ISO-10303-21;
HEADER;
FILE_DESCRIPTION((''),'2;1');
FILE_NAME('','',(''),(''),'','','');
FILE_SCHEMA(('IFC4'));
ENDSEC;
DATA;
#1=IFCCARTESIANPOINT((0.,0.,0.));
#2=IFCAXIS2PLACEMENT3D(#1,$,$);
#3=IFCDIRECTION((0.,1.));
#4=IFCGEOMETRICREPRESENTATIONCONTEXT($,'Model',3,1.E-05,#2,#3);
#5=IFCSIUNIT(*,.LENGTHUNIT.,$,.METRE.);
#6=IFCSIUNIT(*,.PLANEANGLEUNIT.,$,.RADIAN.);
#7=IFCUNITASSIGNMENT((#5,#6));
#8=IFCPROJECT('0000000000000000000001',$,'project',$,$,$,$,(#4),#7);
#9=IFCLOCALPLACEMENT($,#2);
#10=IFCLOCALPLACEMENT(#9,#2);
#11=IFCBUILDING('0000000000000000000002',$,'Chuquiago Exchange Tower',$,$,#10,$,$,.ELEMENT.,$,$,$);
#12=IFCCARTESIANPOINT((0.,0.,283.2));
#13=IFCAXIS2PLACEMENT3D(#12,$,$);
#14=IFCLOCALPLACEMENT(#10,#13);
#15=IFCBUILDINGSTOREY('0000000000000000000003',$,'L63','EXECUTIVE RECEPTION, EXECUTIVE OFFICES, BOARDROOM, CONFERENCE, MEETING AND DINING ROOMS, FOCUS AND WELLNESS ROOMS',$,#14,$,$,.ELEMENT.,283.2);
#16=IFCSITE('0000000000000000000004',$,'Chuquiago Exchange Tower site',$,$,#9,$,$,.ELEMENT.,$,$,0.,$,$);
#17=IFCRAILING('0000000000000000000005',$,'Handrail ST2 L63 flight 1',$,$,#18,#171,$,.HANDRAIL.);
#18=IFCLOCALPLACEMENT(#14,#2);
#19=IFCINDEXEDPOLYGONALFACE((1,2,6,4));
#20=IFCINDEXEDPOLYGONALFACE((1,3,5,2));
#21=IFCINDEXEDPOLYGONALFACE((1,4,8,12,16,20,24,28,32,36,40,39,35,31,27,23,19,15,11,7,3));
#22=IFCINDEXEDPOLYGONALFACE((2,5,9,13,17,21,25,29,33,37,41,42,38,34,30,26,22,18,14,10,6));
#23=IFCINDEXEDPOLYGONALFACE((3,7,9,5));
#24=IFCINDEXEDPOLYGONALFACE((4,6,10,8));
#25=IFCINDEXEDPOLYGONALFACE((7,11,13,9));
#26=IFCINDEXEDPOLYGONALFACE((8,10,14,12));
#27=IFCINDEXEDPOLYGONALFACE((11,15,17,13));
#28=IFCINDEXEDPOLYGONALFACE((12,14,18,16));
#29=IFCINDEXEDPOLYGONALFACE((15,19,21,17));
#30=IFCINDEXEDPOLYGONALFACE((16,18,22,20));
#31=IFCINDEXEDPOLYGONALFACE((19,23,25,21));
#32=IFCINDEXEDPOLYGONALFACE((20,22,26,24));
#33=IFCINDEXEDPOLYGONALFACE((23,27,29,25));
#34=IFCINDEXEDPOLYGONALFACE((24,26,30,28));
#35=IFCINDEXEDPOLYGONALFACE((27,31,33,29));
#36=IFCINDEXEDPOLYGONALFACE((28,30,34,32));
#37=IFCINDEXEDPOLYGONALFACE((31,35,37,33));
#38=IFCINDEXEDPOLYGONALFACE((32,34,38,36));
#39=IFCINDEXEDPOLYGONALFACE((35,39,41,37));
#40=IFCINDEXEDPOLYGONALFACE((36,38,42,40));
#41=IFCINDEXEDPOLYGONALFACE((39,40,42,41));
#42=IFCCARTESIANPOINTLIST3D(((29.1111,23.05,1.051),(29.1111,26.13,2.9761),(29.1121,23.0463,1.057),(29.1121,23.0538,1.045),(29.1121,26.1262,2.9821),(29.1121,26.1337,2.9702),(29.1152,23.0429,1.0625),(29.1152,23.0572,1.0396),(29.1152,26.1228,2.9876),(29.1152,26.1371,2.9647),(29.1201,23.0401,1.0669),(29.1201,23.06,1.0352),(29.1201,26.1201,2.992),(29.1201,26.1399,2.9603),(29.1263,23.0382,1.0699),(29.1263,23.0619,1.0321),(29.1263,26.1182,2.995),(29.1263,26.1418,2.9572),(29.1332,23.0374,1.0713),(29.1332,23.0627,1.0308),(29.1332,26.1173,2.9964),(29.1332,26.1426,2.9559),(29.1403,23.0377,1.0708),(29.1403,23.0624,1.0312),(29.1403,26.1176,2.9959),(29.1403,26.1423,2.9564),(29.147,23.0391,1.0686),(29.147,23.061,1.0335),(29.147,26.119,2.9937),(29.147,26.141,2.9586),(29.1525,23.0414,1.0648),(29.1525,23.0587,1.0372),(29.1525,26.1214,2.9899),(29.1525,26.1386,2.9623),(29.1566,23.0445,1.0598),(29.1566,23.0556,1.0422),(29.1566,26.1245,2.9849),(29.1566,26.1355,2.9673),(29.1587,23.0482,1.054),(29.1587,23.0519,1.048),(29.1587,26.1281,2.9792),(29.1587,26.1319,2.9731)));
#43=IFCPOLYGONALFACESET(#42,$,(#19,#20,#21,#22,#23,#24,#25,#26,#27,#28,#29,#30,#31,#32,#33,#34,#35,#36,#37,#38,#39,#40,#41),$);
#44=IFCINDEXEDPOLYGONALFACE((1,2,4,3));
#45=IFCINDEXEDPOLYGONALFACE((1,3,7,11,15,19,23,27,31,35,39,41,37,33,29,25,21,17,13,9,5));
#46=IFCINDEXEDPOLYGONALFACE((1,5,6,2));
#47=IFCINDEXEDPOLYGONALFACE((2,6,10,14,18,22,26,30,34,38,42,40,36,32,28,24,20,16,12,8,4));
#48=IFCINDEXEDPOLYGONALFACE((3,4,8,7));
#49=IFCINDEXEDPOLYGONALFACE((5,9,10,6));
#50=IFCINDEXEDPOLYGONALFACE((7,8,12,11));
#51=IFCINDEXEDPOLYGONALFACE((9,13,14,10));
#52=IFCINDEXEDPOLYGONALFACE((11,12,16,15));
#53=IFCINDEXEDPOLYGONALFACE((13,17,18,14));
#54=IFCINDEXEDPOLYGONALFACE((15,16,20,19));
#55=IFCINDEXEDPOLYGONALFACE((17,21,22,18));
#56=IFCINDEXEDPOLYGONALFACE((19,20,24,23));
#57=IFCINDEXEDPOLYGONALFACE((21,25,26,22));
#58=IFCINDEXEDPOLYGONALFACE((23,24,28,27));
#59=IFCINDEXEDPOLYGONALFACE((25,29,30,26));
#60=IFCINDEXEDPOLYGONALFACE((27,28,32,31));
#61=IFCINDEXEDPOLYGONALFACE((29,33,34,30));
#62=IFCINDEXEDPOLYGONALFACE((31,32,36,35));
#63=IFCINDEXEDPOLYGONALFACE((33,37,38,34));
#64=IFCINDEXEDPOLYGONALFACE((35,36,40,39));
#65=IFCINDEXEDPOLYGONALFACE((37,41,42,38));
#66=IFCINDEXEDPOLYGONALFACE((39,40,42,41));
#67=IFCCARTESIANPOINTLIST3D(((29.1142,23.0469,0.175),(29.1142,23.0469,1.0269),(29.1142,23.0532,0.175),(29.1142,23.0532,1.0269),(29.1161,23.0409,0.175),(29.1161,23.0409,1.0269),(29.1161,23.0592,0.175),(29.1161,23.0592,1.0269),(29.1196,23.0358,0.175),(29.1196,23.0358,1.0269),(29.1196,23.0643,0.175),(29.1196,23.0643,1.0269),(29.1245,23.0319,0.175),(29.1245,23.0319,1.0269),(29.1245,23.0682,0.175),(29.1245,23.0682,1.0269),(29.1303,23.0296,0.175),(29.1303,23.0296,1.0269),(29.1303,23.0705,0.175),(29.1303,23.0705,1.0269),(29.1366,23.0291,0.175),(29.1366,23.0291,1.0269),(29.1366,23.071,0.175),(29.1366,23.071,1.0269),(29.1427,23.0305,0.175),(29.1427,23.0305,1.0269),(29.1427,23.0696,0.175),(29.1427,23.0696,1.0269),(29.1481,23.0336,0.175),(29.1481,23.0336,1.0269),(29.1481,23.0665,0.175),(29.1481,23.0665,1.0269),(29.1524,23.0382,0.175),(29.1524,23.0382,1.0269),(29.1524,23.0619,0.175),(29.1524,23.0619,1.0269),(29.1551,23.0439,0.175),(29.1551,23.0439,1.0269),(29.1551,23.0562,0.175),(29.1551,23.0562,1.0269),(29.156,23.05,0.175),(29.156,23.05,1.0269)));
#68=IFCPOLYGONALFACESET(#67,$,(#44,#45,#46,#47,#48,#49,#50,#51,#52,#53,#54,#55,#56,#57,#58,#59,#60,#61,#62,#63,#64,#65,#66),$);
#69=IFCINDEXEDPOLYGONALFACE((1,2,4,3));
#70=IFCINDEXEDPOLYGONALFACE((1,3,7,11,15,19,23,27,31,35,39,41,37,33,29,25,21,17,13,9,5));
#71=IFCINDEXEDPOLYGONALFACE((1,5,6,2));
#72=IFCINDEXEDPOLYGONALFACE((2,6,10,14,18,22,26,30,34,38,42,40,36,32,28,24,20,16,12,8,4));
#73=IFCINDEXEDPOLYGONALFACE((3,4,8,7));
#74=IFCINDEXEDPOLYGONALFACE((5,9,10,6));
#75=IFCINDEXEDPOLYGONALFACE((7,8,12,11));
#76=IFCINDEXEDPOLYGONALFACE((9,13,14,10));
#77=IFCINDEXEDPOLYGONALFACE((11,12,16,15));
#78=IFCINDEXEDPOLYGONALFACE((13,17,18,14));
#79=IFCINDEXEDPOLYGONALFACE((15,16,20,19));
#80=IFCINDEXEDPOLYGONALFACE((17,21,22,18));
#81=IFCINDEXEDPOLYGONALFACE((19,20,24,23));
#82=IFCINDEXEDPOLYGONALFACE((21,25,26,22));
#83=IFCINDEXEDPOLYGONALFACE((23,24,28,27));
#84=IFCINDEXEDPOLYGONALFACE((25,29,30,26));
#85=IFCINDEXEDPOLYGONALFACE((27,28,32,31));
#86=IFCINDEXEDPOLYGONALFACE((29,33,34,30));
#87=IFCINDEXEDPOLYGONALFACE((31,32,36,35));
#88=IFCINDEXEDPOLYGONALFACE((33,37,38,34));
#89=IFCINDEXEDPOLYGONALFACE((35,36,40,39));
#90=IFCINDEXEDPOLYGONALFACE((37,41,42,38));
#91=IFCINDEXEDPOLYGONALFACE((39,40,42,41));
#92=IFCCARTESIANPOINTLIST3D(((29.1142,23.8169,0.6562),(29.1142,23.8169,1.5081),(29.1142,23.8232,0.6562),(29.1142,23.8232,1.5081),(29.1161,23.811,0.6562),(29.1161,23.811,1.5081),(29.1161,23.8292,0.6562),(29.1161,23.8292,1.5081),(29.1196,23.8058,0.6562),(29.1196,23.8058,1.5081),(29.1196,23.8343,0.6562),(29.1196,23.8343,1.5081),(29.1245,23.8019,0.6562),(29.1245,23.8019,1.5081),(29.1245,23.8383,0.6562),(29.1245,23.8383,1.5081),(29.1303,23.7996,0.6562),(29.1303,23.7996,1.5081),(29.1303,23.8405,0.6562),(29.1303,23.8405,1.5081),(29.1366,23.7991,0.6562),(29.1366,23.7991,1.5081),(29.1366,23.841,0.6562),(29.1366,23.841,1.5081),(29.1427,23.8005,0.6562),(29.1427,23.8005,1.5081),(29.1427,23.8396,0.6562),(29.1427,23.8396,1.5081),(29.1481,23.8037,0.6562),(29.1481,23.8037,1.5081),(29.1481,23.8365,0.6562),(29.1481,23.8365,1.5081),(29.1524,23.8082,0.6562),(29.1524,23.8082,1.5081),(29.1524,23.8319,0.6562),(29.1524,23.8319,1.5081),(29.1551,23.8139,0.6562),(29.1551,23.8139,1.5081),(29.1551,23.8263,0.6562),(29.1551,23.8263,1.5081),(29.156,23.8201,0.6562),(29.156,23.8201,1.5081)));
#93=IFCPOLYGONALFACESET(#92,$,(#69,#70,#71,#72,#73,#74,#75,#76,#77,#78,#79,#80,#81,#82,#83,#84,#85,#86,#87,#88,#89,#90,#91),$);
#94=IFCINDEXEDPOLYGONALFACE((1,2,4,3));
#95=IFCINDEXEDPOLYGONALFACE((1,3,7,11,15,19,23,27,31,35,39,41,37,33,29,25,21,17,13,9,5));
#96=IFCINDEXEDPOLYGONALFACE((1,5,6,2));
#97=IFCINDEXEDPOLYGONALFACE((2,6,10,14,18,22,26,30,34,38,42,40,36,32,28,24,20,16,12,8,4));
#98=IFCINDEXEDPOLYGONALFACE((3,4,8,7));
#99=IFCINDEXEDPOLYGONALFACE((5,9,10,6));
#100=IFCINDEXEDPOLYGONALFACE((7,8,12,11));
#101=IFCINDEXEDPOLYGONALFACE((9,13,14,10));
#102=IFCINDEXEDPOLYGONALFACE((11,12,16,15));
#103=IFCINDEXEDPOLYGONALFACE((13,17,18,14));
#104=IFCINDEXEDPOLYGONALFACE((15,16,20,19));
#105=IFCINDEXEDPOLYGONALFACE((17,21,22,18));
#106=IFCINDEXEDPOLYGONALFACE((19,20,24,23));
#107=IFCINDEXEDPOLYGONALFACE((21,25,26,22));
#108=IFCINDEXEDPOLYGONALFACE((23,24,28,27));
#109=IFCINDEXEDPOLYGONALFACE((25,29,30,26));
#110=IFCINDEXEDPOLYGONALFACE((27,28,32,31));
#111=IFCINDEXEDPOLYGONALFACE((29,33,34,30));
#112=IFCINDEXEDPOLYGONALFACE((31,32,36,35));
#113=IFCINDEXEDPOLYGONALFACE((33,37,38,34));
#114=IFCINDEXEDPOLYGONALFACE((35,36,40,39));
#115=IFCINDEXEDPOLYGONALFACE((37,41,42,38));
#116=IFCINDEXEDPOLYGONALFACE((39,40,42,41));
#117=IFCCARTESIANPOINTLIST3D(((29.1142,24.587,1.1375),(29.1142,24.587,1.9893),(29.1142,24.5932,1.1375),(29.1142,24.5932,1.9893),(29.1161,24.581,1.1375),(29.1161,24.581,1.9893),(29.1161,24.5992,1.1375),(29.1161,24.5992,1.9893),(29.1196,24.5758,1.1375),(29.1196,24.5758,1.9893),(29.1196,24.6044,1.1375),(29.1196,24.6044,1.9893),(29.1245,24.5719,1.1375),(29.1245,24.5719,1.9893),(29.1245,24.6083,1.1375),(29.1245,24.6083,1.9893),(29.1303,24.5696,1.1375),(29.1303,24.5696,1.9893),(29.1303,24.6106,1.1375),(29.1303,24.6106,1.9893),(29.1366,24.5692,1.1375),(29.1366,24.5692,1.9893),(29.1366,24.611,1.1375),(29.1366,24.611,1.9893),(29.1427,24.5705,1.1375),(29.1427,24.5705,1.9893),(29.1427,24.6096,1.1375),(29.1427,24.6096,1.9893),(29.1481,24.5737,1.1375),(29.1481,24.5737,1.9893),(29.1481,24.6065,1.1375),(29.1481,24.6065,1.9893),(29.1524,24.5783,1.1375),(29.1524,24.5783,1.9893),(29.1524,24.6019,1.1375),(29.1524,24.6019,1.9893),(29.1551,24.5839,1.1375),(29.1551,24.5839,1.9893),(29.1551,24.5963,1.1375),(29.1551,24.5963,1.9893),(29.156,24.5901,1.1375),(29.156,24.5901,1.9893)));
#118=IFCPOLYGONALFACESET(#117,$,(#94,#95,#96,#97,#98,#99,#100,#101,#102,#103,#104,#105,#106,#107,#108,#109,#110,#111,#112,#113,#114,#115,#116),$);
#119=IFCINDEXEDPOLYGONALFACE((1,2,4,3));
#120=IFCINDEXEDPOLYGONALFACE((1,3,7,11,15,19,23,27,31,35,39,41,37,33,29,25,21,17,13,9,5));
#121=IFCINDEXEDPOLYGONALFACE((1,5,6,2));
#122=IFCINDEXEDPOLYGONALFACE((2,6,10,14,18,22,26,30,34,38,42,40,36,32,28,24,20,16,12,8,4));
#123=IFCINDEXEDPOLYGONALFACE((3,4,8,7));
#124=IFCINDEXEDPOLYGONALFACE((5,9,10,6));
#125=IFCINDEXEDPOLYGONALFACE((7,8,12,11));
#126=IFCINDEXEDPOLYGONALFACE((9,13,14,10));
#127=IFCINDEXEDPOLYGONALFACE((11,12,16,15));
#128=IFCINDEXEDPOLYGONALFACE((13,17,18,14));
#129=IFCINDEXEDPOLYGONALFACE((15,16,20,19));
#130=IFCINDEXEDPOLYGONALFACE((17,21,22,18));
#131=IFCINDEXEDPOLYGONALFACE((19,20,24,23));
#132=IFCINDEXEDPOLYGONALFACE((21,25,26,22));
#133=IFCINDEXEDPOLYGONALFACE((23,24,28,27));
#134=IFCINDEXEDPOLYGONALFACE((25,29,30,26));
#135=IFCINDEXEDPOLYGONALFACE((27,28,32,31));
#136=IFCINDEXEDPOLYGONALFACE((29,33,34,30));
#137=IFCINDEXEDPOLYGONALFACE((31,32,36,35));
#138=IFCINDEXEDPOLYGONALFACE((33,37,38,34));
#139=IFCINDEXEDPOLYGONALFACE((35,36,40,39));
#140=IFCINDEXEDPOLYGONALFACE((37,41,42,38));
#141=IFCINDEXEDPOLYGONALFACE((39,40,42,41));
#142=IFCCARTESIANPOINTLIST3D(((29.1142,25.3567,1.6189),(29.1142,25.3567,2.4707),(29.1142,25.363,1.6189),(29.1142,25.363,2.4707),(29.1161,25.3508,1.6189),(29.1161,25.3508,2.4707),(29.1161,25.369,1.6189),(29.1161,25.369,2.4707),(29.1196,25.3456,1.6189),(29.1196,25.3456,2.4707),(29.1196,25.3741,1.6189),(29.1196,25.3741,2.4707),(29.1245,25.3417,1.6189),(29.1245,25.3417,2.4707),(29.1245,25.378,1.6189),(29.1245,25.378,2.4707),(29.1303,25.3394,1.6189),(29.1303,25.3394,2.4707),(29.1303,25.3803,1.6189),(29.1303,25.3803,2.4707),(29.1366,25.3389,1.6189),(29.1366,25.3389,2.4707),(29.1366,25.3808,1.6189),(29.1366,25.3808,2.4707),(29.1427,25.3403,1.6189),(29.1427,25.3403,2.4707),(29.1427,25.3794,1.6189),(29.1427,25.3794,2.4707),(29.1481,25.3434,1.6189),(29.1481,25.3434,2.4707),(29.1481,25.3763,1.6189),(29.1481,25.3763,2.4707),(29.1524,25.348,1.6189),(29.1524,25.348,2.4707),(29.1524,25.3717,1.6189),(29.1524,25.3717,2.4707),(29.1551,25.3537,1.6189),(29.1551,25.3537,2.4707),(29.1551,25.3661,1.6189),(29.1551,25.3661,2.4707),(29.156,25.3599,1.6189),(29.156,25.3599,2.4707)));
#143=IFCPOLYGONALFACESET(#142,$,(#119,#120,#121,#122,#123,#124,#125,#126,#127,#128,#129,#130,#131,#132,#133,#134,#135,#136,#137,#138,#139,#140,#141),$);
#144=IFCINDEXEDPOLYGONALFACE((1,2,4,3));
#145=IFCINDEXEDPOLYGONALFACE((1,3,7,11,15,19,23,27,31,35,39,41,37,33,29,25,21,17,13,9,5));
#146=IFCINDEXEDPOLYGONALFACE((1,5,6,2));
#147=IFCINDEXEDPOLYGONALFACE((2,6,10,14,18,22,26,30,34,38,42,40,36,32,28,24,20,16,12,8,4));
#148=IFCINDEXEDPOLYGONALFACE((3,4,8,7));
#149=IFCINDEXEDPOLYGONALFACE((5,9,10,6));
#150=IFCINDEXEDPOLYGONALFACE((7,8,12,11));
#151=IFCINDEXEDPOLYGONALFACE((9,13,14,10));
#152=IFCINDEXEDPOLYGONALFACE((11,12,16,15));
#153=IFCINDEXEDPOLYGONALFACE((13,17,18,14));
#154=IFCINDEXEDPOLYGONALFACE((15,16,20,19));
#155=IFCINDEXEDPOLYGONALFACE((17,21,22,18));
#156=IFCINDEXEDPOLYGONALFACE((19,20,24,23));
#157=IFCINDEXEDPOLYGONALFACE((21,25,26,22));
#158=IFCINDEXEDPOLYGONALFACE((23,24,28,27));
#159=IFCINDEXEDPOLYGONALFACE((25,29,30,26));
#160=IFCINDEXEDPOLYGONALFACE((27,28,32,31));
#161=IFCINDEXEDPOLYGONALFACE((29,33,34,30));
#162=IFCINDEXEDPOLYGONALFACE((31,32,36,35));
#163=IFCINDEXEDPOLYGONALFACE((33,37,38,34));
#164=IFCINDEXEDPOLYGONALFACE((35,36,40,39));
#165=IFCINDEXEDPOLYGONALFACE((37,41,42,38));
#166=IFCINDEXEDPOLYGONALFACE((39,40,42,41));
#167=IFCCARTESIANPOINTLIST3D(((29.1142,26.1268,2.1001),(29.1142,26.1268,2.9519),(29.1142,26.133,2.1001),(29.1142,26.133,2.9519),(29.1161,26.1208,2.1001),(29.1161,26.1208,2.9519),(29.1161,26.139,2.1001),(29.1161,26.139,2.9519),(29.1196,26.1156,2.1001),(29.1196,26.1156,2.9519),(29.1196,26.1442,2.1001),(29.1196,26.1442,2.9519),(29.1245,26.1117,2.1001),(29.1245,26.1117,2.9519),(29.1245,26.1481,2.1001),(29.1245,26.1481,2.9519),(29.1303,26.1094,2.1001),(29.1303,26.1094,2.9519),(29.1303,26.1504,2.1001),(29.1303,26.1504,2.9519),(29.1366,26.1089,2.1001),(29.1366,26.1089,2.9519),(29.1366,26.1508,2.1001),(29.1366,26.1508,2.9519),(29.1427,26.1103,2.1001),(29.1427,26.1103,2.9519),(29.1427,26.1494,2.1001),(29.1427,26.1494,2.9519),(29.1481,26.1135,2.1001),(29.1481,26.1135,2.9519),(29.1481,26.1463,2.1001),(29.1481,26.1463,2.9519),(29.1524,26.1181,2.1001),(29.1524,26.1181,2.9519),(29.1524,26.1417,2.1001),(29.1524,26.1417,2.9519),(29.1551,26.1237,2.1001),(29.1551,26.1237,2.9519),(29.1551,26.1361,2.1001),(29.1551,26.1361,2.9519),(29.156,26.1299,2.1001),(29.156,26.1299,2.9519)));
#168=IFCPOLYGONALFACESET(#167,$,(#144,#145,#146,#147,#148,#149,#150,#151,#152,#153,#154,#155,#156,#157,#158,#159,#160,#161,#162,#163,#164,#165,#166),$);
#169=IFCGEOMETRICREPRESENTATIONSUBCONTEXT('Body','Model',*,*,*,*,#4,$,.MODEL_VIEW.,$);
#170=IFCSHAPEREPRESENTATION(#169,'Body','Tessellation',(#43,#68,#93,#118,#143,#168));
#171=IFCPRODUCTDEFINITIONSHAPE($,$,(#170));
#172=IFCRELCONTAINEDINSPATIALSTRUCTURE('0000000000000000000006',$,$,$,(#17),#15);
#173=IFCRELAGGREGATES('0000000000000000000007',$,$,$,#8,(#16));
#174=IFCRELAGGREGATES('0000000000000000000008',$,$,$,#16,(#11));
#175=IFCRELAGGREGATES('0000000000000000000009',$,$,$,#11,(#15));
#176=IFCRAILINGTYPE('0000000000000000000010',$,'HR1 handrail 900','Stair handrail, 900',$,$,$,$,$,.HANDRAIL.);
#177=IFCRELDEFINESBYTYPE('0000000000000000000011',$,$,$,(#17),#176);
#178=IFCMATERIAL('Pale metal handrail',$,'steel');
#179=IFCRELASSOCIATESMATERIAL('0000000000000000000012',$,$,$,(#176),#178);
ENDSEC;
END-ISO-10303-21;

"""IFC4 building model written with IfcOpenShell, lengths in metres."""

from ifc_helpers import new_model, si_unit, direction, frame, origin, origin_2d, place, context, subcontext, project, spatial, circle, extrude, material, type_object, element, save


model = new_model("IFC4")

# Units and contexts
model_context = context("Model", 3, precision=1e-05, world=origin(), true_north=direction((0.0, 1.0)))
body_context = subcontext(model_context, "Body", "Model", "MODEL_VIEW")
ifc_project = project(units=[si_unit("LENGTHUNIT", "METRE"), si_unit("PLANEANGLEUNIT", "RADIAN")], contexts=[model_context])

# Site, building, storey
site_placement = place(None, origin())
site = spatial("IfcSite", under=ifc_project, at=site_placement, Name="Chuquiago Exchange Tower site", CompositionType="ELEMENT", RefElevation=0.0)
building_placement = place(site_placement, origin())
building = spatial("IfcBuilding", under=site, at=building_placement, Name="Chuquiago Exchange Tower", CompositionType="ELEMENT")
storey_placement = place(building_placement, frame((0.0, 0.0, 283.2)))
storey = spatial("IfcBuildingStorey", under=building, at=storey_placement, Name="L63", Description="EXECUTIVE RECEPTION, EXECUTIVE OFFICES, BOARDROOM, CONFERENCE, MEETING AND DINING ROOMS, FOCUS AND WELLNESS ROOMS", CompositionType="ELEMENT", Elevation=283.2)

# Railing
ifc_material_1 = material(Name="Pale metal handrail", Category="steel")
railing_type_1 = type_object("IfcRailingType", Name="HR1 handrail 900", Description="Stair handrail, 900", PredefinedType="HANDRAIL", material=ifc_material_1)
railing_1_placement = place(storey_placement, frame((29.135, 23.05, 0.175)))
element("IfcRailing", 1, at=railing_1_placement, inside=storey, type_object=railing_type_1, Name="Handrail ST2 L63 flight 1", PredefinedType="HANDRAIL", context=body_context, shape_type="SweptSolid", body=[
    extrude(circle(Radius=0.0239, at=origin_2d()), frame((0.0, 0.0, 0.876), z_axis=(0.0, 0.847979, 0.530029), x_axis=(-1.0, 0.0, 0.0)), (0.0, 0.0, 1.0), 3.6321),
    extrude(circle(Radius=0.021, at=origin_2d()), origin(), (0.0, 0.0, 1.0), 0.8518),
    extrude(circle(Radius=0.021, at=origin_2d()), frame((0.0, 0.77, 0.4812)), (0.0, 0.0, 1.0), 0.8518),
    extrude(circle(Radius=0.021, at=origin_2d()), frame((0.0, 1.54, 0.9624)), (0.0, 0.0, 1.0), 0.8518),
    extrude(circle(Radius=0.021, at=origin_2d()), frame((0.0, 2.3098, 1.4438)), (0.0, 0.0, 1.0), 0.8518),
    extrude(circle(Radius=0.021, at=origin_2d()), frame((0.0, 3.0798, 1.925)), (0.0, 0.0, 1.0), 0.8518),
])

save(model, "model.ifc")
